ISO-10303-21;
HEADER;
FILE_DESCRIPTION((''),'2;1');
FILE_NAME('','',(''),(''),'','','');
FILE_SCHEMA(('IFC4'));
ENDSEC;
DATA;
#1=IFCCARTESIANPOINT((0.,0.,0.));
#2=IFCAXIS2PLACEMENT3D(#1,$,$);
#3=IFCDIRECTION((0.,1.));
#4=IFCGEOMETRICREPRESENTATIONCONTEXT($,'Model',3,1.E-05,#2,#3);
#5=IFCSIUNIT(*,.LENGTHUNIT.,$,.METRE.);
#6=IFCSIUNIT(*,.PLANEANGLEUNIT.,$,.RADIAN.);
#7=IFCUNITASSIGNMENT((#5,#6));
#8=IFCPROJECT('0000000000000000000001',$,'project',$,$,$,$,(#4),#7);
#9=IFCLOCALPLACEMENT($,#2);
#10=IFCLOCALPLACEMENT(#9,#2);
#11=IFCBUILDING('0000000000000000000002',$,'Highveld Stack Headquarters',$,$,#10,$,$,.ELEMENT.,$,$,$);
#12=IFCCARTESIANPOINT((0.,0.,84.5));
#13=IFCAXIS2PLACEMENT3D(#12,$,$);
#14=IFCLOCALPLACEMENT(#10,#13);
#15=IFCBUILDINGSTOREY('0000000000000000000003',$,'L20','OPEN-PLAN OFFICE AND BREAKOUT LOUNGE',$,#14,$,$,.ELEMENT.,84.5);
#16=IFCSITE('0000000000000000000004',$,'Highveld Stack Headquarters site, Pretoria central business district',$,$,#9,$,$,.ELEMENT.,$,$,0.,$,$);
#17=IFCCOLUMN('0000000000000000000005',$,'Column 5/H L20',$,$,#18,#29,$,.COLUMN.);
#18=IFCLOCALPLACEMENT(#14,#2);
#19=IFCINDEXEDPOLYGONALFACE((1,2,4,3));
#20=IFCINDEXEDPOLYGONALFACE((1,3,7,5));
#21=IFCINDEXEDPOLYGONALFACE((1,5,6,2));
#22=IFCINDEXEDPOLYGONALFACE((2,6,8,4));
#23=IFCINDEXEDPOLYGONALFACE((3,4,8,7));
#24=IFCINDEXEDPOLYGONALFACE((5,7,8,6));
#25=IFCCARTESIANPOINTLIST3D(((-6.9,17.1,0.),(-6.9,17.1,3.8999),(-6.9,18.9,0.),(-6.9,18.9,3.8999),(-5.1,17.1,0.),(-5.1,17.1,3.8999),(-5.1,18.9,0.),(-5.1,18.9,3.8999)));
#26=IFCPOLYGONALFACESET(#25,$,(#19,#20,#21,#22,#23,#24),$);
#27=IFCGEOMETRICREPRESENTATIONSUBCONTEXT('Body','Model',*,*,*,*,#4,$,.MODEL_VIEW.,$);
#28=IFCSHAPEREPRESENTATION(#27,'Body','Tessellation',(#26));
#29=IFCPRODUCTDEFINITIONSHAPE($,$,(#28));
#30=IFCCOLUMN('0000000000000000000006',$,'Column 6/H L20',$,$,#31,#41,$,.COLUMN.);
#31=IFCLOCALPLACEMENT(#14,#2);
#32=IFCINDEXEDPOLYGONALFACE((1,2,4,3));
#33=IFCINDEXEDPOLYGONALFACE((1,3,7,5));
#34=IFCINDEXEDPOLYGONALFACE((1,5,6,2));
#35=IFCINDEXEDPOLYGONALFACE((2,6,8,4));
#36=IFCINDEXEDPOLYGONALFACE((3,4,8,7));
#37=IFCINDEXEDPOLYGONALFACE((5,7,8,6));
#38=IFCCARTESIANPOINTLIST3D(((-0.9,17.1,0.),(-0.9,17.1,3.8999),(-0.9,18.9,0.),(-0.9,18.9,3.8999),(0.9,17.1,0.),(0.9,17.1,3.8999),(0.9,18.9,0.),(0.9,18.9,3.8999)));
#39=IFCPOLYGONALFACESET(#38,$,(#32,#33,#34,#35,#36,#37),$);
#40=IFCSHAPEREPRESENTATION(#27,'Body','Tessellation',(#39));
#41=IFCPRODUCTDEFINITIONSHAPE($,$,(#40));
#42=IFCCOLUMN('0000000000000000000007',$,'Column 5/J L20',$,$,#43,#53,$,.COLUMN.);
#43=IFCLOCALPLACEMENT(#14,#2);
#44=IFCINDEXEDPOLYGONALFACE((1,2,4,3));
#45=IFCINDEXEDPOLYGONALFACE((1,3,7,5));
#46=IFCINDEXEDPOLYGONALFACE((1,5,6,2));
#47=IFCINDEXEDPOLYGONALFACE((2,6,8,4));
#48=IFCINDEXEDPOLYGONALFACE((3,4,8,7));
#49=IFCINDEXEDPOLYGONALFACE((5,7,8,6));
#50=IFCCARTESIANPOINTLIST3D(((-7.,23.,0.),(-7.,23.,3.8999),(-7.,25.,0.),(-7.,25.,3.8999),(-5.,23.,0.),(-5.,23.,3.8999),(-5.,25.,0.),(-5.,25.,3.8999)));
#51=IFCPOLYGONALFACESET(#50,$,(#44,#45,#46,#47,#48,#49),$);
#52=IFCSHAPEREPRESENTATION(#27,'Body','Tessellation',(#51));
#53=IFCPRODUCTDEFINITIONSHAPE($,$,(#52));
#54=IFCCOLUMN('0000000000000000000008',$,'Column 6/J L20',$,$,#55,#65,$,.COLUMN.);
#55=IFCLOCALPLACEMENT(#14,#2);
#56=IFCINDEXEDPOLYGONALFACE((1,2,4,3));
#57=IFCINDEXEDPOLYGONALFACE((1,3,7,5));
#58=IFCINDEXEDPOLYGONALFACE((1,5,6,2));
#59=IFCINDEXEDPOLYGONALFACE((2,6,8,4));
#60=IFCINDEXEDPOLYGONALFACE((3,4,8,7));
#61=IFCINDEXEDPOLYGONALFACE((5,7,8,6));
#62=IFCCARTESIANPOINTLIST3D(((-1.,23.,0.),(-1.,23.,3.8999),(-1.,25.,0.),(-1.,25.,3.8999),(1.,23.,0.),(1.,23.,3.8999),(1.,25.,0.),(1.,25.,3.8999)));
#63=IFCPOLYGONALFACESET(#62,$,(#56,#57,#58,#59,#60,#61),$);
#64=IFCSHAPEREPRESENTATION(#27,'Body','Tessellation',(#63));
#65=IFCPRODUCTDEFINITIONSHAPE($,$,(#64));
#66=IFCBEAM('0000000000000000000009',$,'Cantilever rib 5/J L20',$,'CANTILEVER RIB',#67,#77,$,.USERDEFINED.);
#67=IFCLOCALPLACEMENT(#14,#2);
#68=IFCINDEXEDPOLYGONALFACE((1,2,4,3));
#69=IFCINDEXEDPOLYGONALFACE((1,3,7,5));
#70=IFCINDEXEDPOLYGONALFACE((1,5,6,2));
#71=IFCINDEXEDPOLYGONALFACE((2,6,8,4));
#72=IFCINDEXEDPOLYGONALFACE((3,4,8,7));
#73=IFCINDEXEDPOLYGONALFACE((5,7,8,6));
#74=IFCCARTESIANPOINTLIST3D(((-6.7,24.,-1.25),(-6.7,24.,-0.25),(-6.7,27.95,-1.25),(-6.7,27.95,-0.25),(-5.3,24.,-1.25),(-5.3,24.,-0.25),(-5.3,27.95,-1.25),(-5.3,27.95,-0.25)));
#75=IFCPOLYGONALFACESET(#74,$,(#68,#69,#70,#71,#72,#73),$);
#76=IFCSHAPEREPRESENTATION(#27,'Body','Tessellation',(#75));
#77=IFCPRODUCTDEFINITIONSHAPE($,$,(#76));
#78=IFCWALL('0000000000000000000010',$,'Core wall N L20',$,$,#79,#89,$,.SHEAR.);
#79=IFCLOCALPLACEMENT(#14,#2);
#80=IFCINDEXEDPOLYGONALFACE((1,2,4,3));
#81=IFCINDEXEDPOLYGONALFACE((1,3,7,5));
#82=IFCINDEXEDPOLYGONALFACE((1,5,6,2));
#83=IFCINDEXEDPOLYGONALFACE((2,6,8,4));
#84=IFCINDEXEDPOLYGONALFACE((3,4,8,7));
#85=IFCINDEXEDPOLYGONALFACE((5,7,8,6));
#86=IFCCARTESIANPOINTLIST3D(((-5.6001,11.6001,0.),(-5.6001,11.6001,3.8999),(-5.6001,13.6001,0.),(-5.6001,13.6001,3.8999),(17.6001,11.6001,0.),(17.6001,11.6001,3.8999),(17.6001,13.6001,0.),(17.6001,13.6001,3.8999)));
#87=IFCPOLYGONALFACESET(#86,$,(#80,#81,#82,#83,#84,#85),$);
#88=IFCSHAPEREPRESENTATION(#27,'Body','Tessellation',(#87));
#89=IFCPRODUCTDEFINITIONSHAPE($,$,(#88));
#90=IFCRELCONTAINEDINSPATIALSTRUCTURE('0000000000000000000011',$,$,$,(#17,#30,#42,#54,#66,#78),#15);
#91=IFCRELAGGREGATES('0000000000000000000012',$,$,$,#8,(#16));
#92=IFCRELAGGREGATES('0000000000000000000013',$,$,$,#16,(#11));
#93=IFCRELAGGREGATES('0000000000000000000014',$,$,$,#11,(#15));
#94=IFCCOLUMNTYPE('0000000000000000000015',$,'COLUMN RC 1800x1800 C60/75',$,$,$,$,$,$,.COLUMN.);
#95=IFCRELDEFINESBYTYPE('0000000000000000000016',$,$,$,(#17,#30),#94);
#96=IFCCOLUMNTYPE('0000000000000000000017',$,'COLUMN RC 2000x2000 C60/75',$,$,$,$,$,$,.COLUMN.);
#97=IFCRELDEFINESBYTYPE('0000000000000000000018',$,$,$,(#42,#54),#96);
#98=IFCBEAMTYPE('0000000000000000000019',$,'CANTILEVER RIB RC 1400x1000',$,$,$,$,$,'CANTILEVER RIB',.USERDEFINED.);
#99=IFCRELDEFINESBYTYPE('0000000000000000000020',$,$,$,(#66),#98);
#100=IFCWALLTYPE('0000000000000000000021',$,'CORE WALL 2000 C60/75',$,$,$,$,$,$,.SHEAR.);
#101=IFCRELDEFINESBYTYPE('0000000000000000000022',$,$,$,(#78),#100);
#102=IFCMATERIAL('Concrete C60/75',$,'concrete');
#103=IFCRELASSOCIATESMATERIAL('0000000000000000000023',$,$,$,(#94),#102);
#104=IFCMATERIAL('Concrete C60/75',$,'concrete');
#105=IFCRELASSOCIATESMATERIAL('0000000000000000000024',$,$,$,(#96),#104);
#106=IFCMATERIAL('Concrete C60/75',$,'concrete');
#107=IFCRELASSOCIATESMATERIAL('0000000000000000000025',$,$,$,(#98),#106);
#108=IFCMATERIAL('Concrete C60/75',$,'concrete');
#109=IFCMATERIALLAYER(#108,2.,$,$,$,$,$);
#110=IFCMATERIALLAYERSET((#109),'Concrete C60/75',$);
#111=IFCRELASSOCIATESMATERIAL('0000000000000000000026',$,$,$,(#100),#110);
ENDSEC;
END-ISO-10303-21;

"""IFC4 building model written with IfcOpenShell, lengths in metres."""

from ifc_helpers import new_model, si_unit, direction, frame, frame_2d, origin, origin_2d, place, context, subcontext, project, spatial, rectangle, extrude, material, layer, layer_set, material_profile, profile_set, type_object, element, save


model = new_model("IFC4")

# Units and contexts
model_context = context("Model", 3, precision=1e-05, world=origin(), true_north=direction((0.0, 1.0)))
body_context = subcontext(model_context, "Body", "Model", "MODEL_VIEW")
ifc_project = project(units=[si_unit("LENGTHUNIT", "METRE"), si_unit("PLANEANGLEUNIT", "RADIAN")], contexts=[model_context])

# Site, building, storey
site_placement = place(None, origin())
site = spatial("IfcSite", under=ifc_project, at=site_placement, Name="Highveld Stack Headquarters site, Pretoria central business district", CompositionType="ELEMENT", RefElevation=0.0)
building_placement = place(site_placement, origin())
building = spatial("IfcBuilding", under=site, at=building_placement, Name="Highveld Stack Headquarters", CompositionType="ELEMENT")
storey_placement = place(building_placement, frame((0.0, 0.0, 84.5)))
storey = spatial("IfcBuildingStorey", under=building, at=storey_placement, Name="L20", Description="OPEN-PLAN OFFICE AND BREAKOUT LOUNGE", CompositionType="ELEMENT", Elevation=84.5)

# Columns
ifc_material_1 = material(Name="Concrete C60/75", Category="concrete")
ifc_material_profile_1 = material_profile(ifc_material_1, rectangle(XDim=1.8, YDim=1.8, at=origin_2d()), Name="RC 1800x1800")
ifc_profile_set_1 = profile_set([ifc_material_profile_1], Name="Concrete C60/75")
column_type_1 = type_object("IfcColumnType", Name="COLUMN RC 1800x1800 C60/75", PredefinedType="COLUMN", material=ifc_profile_set_1)
for number, where, z_axis, x_axis, name in (
    (1, (-6.0, 18.0, 0.0), (0.0, 0.0, 1.0), (1.0, 0.0, 0.0), "Column 5/H L20"),
    (2, (0.0, 18.0, 0.0), (0.0, 0.0, 1.0), (1.0, 0.0, 0.0), "Column 6/H L20"),
):
    element("IfcColumn", number, at=place(storey_placement, frame(where, z_axis=z_axis, x_axis=x_axis)), inside=storey, type_object=column_type_1, Name=name, PredefinedType="COLUMN", context=body_context, shape_type="SweptSolid", body=[
        extrude(rectangle(XDim=1.8, YDim=1.8, at=origin_2d()), origin(), (0.0, 0.0, 1.0), 3.8999),
    ])
ifc_material_2 = material(Name="Concrete C60/75", Category="concrete")
ifc_material_profile_2 = material_profile(ifc_material_2, rectangle(XDim=2.0, YDim=2.0, at=origin_2d()), Name="RC 2000x2000")
ifc_profile_set_2 = profile_set([ifc_material_profile_2], Name="Concrete C60/75")
column_type_2 = type_object("IfcColumnType", Name="COLUMN RC 2000x2000 C60/75", PredefinedType="COLUMN", material=ifc_profile_set_2)
for number, where, z_axis, x_axis, name in (
    (3, (-6.0, 24.0, 0.0), (0.0, 0.0, 1.0), (1.0, 0.0, 0.0), "Column 5/J L20"),
    (4, (0.0, 24.0, 0.0), (0.0, 0.0, 1.0), (1.0, 0.0, 0.0), "Column 6/J L20"),
):
    element("IfcColumn", number, at=place(storey_placement, frame(where, z_axis=z_axis, x_axis=x_axis)), inside=storey, type_object=column_type_2, Name=name, PredefinedType="COLUMN", context=body_context, shape_type="SweptSolid", body=[
        extrude(rectangle(XDim=2.0, YDim=2.0, at=origin_2d()), origin(), (0.0, 0.0, 1.0), 3.8999),
    ])

# Beam
ifc_material_3 = material(Name="Concrete C60/75", Category="concrete")
ifc_material_profile_3 = material_profile(ifc_material_3, rectangle(XDim=1.3999, YDim=1.0, at=origin_2d()), Name="RC 1400x1000")
ifc_profile_set_3 = profile_set([ifc_material_profile_3], Name="Concrete C60/75")
beam_type = type_object("IfcBeamType", Name="CANTILEVER RIB RC 1400x1000", ElementType="CANTILEVER RIB", PredefinedType="USERDEFINED", material=ifc_profile_set_3)
beam_placement = place(storey_placement, frame((-6.0, 24.0, -0.75), z_axis=(0.0, 1.0, 0.0), x_axis=(-1.0, 0.0, 0.0)))
element("IfcBeam", 5, at=beam_placement, inside=storey, type_object=beam_type, Name="Cantilever rib 5/J L20", ObjectType="CANTILEVER RIB", PredefinedType="USERDEFINED", context=body_context, shape_type="SweptSolid", body=[
    extrude(rectangle(XDim=1.3999, YDim=1.0, at=origin_2d()), origin(), (0.0, 0.0, 1.0), 3.95),
])

# Wall
ifc_material_4 = material(Name="Concrete C60/75", Category="concrete")
ifc_layer_1 = layer(ifc_material_4, 2.0)
ifc_layer_set_1 = layer_set([ifc_layer_1], Name="Concrete C60/75")
wall_type_1 = type_object("IfcWallType", Name="CORE WALL 2000 C60/75", PredefinedType="SHEAR", material=ifc_layer_set_1)
wall_1_placement = place(storey_placement, frame((-5.6001, 12.6001, 0.0), z_axis=(0.0, 0.0, 1.0), x_axis=(1.0, 0.0, 0.0)))
element("IfcWall", 6, at=wall_1_placement, inside=storey, type_object=wall_type_1, Name="Core wall N L20", PredefinedType="SHEAR", context=body_context, shape_type="SweptSolid", body=[
    extrude(rectangle(XDim=23.2002, YDim=2.0, at=frame_2d((11.6001, 0.0))), origin(), (0.0, 0.0, 1.0), 3.8999),
])

save(model, "model.ifc")
